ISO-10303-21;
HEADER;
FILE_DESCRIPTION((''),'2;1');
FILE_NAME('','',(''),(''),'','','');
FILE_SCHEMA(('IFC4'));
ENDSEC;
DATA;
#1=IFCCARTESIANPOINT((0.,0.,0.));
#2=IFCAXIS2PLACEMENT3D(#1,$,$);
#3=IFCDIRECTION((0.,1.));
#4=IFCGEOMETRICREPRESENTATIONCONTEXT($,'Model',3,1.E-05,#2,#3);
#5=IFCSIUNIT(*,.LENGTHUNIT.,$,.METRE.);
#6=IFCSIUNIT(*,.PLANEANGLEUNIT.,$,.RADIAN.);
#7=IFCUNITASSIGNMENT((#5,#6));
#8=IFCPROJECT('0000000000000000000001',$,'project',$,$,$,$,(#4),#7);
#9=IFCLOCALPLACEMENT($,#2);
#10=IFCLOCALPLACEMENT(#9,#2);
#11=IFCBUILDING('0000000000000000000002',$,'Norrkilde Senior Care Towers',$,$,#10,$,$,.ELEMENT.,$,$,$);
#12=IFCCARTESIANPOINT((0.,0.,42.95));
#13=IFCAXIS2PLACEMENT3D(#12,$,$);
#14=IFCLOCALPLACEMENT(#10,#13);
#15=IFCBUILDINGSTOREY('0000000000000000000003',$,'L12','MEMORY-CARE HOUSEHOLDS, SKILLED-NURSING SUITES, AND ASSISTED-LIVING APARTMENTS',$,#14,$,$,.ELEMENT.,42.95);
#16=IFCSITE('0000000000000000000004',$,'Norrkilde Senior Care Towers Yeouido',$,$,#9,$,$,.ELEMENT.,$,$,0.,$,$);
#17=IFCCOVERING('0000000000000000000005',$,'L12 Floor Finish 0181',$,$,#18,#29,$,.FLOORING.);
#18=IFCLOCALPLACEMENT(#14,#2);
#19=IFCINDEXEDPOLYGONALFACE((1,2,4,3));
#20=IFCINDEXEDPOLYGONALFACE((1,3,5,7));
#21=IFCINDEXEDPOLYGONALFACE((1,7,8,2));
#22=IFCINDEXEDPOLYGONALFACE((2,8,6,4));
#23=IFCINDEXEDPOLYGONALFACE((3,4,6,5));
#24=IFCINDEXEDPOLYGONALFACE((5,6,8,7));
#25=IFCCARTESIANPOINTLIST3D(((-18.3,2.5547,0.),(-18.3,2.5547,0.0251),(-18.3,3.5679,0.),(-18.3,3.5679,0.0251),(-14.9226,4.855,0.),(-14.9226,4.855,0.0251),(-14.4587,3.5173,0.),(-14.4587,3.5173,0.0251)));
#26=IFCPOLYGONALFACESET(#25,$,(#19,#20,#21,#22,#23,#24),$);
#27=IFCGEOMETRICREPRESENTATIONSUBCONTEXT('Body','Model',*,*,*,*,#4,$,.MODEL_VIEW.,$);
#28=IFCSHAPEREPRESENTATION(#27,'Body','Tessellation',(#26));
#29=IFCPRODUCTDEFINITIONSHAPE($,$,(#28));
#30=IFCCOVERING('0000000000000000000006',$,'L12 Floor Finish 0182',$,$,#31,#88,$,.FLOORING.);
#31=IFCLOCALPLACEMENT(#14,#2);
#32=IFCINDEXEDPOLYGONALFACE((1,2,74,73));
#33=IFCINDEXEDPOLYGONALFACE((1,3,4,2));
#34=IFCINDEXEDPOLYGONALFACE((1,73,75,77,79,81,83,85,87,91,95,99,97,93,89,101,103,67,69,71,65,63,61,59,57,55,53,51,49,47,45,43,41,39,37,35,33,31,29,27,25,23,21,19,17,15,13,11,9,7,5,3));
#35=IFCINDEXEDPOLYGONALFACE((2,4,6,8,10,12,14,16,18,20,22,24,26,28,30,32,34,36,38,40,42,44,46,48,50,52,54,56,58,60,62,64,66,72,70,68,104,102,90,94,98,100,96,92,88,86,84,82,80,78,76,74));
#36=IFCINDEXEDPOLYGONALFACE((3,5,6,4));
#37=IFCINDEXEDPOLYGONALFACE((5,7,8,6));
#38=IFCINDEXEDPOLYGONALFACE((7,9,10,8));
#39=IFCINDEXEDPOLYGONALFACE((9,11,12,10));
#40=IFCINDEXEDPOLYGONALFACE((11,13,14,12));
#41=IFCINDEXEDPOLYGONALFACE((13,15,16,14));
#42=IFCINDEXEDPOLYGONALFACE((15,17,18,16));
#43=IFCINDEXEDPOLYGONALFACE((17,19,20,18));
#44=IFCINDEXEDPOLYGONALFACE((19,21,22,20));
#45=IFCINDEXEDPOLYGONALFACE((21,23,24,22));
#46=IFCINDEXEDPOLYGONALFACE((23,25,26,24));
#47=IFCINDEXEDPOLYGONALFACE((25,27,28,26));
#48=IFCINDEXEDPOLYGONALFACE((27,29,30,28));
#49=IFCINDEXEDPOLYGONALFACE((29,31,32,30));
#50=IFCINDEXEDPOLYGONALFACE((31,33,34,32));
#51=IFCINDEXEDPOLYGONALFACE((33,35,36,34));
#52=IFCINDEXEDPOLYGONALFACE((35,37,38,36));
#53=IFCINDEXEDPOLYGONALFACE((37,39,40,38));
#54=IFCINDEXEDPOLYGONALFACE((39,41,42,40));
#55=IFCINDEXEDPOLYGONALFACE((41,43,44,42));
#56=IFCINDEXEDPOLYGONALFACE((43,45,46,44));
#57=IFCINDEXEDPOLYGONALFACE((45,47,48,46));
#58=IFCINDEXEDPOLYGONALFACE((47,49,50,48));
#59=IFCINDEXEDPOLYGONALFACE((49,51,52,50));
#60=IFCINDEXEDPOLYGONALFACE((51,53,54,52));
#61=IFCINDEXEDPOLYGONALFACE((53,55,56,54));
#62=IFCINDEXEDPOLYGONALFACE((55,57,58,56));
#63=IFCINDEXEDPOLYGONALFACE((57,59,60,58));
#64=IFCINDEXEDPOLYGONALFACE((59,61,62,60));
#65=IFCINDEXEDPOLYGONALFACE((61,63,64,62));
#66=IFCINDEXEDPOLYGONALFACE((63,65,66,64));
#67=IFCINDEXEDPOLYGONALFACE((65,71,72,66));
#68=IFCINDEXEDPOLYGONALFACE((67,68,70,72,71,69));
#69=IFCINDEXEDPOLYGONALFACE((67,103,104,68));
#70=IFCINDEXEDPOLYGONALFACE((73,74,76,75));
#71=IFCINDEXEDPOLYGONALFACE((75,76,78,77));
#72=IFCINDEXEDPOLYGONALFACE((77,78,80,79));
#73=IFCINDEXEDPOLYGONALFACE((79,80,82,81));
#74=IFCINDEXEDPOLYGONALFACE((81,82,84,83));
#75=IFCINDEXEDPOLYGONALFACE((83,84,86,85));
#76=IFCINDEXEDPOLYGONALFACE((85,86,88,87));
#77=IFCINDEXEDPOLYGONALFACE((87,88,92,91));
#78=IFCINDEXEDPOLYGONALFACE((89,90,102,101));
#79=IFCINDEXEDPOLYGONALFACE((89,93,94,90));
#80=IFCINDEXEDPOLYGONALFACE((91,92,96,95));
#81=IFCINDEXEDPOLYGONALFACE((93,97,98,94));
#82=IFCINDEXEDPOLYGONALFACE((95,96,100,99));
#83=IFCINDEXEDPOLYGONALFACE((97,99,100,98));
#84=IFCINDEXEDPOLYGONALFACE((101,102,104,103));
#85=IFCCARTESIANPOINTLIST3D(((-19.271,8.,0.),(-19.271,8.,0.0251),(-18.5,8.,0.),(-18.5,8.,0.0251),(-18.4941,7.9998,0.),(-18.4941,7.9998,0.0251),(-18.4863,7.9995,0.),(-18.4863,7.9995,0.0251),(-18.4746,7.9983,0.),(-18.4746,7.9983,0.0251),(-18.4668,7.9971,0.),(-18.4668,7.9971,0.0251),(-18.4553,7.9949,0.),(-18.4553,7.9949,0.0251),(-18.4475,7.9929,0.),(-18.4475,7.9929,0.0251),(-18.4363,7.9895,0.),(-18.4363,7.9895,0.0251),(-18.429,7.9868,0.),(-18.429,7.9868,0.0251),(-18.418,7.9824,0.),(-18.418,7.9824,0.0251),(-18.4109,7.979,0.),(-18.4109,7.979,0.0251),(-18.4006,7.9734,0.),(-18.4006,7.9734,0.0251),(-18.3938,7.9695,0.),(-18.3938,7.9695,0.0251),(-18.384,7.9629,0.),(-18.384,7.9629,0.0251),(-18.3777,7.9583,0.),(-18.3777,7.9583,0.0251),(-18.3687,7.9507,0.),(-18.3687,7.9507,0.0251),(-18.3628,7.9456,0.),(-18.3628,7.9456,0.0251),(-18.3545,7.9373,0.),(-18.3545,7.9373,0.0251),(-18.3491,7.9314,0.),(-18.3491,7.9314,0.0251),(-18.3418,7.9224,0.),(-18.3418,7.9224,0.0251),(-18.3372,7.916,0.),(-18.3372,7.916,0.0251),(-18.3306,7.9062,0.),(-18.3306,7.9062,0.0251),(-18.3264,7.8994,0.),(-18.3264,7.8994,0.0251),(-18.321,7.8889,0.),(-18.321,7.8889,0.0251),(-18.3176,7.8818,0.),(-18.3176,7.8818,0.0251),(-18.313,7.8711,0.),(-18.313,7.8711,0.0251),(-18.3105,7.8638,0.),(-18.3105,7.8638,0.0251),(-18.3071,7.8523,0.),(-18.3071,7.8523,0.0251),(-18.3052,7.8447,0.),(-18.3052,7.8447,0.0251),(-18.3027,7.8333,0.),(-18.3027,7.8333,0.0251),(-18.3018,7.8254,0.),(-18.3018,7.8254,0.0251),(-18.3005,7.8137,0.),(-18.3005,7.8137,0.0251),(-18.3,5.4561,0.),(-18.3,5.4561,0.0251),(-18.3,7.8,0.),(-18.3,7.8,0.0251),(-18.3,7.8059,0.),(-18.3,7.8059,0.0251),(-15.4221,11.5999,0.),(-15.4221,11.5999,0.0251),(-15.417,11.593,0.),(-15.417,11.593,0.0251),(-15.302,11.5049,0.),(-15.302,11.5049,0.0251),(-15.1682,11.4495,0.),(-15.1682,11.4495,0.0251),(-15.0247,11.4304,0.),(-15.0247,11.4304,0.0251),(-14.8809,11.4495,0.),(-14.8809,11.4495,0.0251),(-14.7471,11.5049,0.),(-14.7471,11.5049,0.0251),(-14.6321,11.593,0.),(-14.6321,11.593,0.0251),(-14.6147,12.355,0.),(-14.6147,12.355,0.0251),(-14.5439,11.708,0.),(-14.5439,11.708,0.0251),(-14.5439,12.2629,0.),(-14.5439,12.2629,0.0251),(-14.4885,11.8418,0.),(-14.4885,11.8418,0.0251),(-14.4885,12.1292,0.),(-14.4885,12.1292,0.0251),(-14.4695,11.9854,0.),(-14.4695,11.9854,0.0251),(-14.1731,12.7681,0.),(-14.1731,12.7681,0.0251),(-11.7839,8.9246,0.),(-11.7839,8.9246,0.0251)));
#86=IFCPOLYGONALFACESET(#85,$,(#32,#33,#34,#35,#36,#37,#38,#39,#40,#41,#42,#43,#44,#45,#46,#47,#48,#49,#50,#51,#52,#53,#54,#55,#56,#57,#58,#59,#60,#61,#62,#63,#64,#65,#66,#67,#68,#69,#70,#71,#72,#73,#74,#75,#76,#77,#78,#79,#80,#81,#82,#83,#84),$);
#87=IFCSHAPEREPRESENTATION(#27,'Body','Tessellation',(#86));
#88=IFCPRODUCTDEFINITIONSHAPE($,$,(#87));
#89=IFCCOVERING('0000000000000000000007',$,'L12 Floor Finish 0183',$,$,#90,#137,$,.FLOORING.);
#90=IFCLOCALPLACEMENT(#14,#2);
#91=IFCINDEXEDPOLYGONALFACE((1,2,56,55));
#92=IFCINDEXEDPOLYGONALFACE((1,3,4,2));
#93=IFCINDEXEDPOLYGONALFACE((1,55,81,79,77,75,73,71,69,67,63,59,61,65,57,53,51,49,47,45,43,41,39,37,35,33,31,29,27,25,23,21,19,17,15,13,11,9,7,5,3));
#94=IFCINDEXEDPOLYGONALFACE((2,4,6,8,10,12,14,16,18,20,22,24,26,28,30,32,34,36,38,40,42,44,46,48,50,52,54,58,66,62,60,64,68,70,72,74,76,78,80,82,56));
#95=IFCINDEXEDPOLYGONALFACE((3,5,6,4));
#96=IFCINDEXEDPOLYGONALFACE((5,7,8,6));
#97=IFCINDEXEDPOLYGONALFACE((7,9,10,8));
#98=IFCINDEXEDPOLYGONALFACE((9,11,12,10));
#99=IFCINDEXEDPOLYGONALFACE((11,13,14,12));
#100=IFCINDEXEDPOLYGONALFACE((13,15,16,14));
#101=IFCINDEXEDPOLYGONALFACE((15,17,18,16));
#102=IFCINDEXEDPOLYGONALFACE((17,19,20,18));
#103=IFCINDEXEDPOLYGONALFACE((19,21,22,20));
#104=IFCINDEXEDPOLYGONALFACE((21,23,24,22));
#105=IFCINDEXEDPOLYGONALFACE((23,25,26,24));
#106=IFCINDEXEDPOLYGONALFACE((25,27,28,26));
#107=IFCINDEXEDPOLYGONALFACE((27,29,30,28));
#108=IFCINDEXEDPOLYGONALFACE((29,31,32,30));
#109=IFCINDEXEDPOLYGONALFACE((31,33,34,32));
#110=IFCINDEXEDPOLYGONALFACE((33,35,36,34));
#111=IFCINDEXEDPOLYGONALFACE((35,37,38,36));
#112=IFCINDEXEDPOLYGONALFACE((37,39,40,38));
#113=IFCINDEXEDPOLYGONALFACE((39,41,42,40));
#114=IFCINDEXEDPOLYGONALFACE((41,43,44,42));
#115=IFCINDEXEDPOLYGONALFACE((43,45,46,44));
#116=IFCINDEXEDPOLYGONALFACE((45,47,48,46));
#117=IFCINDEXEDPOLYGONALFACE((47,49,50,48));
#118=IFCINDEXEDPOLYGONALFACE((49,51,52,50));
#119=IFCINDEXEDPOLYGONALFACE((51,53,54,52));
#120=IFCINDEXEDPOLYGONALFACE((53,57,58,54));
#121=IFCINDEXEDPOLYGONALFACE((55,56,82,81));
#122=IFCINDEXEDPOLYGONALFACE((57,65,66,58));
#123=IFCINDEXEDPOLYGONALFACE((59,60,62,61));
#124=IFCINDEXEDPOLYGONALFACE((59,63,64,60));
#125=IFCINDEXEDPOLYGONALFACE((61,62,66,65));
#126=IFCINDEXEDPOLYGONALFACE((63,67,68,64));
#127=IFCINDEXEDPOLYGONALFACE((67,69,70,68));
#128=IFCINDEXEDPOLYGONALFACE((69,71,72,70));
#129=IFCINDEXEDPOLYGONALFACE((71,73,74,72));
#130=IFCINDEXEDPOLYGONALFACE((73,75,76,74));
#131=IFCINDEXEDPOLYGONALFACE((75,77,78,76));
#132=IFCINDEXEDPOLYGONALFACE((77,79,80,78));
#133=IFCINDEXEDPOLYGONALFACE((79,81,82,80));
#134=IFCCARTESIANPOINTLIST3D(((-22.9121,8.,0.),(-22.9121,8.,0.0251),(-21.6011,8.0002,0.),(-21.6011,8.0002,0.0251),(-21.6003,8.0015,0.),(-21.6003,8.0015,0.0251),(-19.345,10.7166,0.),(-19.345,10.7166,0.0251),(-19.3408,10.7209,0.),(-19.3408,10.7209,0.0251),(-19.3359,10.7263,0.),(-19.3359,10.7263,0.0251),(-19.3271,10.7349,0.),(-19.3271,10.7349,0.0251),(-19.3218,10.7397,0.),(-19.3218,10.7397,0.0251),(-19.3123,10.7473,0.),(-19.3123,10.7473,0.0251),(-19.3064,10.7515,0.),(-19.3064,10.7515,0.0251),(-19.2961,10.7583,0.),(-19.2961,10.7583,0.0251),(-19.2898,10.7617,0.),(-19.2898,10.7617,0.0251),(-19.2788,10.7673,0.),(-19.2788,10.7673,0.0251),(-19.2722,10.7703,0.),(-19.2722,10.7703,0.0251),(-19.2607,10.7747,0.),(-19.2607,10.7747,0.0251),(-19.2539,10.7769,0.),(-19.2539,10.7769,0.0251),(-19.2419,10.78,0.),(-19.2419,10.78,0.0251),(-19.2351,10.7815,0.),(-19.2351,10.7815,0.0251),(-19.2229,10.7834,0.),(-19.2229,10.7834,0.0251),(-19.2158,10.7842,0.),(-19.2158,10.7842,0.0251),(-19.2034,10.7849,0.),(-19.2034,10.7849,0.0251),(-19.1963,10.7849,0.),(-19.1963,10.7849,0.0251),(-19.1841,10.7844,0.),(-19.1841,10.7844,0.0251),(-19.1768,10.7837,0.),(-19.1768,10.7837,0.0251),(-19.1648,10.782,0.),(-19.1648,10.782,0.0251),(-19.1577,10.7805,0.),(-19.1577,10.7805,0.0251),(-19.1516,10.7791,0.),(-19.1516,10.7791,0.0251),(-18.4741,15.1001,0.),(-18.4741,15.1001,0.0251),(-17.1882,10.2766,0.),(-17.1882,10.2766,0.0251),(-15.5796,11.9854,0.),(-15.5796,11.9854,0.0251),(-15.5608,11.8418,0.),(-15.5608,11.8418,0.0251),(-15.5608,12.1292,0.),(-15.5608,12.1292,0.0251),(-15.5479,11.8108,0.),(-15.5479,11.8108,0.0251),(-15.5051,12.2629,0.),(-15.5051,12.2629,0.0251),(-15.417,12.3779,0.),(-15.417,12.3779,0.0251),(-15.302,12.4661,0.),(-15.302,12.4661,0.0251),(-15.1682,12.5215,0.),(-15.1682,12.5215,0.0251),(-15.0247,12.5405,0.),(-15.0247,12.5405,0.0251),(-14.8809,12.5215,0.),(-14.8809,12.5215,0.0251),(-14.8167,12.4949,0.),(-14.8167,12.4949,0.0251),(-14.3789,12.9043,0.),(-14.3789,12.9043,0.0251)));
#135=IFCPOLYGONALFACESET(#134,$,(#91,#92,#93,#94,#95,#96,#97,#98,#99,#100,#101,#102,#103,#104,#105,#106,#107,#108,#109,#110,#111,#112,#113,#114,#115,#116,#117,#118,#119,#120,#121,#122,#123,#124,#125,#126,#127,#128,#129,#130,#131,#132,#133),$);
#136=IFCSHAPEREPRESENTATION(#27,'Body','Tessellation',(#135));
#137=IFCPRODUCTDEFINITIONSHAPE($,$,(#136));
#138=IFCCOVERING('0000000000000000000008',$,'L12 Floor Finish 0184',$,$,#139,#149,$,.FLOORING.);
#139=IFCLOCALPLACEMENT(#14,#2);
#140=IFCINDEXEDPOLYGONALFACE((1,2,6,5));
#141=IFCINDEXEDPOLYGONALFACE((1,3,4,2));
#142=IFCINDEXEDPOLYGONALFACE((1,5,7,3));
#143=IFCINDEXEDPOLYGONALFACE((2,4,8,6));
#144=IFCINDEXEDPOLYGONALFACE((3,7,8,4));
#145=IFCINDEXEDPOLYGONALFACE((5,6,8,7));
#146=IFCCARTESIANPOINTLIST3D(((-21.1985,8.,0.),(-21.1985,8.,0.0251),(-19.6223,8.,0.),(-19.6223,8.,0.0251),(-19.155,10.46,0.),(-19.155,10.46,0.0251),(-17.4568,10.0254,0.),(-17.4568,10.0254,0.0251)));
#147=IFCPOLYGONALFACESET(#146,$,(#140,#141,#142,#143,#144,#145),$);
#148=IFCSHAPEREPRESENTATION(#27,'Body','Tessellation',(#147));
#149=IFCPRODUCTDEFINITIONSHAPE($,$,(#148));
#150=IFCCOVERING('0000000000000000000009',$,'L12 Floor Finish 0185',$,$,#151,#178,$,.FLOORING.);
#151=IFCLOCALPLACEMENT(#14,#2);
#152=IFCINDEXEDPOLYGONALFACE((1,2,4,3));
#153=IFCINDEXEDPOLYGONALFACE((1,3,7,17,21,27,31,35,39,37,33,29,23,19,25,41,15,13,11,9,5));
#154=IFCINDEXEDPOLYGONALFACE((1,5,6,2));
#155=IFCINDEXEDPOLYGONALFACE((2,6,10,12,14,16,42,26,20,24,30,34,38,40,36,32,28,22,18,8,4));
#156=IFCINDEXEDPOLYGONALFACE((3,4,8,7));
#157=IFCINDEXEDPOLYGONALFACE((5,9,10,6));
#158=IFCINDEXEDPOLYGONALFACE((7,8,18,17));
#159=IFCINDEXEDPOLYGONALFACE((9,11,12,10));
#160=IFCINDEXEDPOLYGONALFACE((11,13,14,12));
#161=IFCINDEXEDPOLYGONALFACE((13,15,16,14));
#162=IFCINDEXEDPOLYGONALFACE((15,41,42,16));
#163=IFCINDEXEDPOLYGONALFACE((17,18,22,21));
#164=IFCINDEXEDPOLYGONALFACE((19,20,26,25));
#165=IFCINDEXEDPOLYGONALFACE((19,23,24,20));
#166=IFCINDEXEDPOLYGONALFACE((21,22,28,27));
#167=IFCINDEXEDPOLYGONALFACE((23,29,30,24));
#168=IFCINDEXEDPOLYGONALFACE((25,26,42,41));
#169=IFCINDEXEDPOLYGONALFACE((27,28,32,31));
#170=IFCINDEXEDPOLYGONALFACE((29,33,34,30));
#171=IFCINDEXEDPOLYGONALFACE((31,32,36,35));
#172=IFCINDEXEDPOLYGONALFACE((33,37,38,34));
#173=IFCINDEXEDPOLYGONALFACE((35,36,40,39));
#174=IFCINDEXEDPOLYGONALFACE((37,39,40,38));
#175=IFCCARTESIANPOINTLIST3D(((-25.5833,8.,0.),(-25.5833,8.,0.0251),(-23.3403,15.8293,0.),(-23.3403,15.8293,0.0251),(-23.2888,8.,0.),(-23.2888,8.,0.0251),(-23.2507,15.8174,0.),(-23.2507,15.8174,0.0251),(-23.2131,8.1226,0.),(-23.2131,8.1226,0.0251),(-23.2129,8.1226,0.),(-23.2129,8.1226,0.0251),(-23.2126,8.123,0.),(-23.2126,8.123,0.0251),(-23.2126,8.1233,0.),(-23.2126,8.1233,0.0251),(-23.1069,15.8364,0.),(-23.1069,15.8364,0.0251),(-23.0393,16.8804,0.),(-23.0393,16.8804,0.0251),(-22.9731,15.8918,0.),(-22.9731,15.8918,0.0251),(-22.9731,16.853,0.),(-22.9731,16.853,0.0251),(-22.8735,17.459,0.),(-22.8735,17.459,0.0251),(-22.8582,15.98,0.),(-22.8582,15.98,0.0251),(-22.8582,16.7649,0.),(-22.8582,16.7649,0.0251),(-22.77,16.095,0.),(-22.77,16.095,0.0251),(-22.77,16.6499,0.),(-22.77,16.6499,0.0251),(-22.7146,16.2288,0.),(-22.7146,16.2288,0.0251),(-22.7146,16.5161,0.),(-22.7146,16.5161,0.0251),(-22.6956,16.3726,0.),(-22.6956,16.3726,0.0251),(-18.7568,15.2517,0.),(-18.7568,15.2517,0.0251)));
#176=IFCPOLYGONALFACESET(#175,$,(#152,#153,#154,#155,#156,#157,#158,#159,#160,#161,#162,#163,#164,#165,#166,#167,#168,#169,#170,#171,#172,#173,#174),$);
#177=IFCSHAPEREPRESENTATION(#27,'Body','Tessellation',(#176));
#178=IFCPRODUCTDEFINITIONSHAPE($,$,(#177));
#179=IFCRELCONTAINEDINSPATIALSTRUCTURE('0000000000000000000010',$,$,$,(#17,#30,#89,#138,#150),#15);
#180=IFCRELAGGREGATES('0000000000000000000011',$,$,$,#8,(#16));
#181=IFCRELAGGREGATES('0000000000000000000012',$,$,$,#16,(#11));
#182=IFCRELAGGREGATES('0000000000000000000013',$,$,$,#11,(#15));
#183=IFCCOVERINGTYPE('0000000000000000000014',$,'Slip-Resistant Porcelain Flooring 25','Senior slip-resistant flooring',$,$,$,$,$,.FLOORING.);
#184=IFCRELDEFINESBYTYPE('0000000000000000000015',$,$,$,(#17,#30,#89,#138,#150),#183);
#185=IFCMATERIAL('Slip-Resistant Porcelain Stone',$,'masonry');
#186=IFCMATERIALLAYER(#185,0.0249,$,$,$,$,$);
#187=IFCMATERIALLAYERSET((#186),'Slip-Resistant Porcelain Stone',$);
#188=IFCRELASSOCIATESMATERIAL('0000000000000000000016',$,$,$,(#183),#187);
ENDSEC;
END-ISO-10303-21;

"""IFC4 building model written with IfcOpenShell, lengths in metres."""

from ifc_helpers import new_model, si_unit, direction, frame, origin, place, context, subcontext, project, spatial, polyline, outline, extrude, material, layer, layer_set, type_object, element, save


model = new_model("IFC4")

# Units and contexts
model_context = context("Model", 3, precision=1e-05, world=origin(), true_north=direction((0.0, 1.0)))
body_context = subcontext(model_context, "Body", "Model", "MODEL_VIEW")
ifc_project = project(units=[si_unit("LENGTHUNIT", "METRE"), si_unit("PLANEANGLEUNIT", "RADIAN")], contexts=[model_context])

# Site, building, storey
site_placement = place(None, origin())
site = spatial("IfcSite", under=ifc_project, at=site_placement, Name="Norrkilde Senior Care Towers Yeouido", CompositionType="ELEMENT", RefElevation=0.0)
building_placement = place(site_placement, origin())
building = spatial("IfcBuilding", under=site, at=building_placement, Name="Norrkilde Senior Care Towers", CompositionType="ELEMENT")
storey_placement = place(building_placement, frame((0.0, 0.0, 42.95)))
storey = spatial("IfcBuildingStorey", under=building, at=storey_placement, Name="L12", Description="MEMORY-CARE HOUSEHOLDS, SKILLED-NURSING SUITES, AND ASSISTED-LIVING APARTMENTS", CompositionType="ELEMENT", Elevation=42.95)

# Coverings
ifc_material_1 = material(Name="Slip-Resistant Porcelain Stone", Category="masonry")
ifc_layer_1 = layer(ifc_material_1, 0.0249)
ifc_layer_set_1 = layer_set([ifc_layer_1], Name="Slip-Resistant Porcelain Stone")
covering_type_1 = type_object("IfcCoveringType", Name="Slip-Resistant Porcelain Flooring 25", Description="Senior slip-resistant flooring", PredefinedType="FLOORING", material=ifc_layer_set_1)
covering_1_placement = place(storey_placement, origin())
element("IfcCovering", 1, at=covering_1_placement, inside=storey, type_object=covering_type_1, Name="L12 Floor Finish 0181", PredefinedType="FLOORING", context=body_context, shape_type="SweptSolid", body=[
    extrude(outline(polyline([(-14.4587, 3.5173), (-18.3, 2.5547), (-18.3, 3.5679), (-14.9226, 4.855), (-14.4587, 3.5173)])), origin(), (0.0, 0.0, 1.0), 0.0251),
])
covering_2_placement = place(storey_placement, origin())
element("IfcCovering", 2, at=covering_2_placement, inside=storey, type_object=covering_type_1, Name="L12 Floor Finish 0182", PredefinedType="FLOORING", context=body_context, shape_type="SweptSolid", body=[
    extrude(outline(polyline([(-18.3052, 7.8447), (-18.3071, 7.8523), (-18.3105, 7.8638), (-18.313, 7.8711), (-18.3176, 7.8818), (-18.321, 7.8889), (-18.3264, 7.8994), (-18.3306, 7.9062), (-18.3372, 7.916), (-18.3418, 7.9224), (-18.3491, 7.9314), (-18.3545, 7.9373), (-18.3628, 7.9456), (-18.3687, 7.9507), (-18.3777, 7.9583), (-18.384, 7.9629), (-18.3938, 7.9695), (-18.4006, 7.9734), (-18.4109, 7.979), (-18.418, 7.9824), (-18.429, 7.9868), (-18.4363, 7.9895), (-18.4475, 7.9929), (-18.4553, 7.9949), (-18.4668, 7.9971), (-18.4746, 7.9983), (-18.4863, 7.9995), (-18.4941, 7.9998), (-18.5, 8.0), (-19.271, 8.0), (-15.4221, 11.5999), (-15.417, 11.593), (-15.302, 11.5049), (-15.1682, 11.4495), (-15.0247, 11.4304), (-14.8809, 11.4495), (-14.7471, 11.5049), (-14.6321, 11.593), (-14.5439, 11.708), (-14.4885, 11.8418), (-14.4695, 11.9854), (-14.4885, 12.1292), (-14.5439, 12.2629), (-14.6147, 12.355), (-14.1731, 12.7681), (-11.7839, 8.9246), (-18.3, 5.4561), (-18.3, 7.8), (-18.3, 7.8059), (-18.3005, 7.8137), (-18.3018, 7.8254), (-18.3027, 7.8333), (-18.3052, 7.8447)])), origin(), (0.0, 0.0, 1.0), 0.0251),
])
covering_3_placement = place(storey_placement, origin())
element("IfcCovering", 3, at=covering_3_placement, inside=storey, type_object=covering_type_1, Name="L12 Floor Finish 0183", PredefinedType="FLOORING", context=body_context, shape_type="SweptSolid", body=[
    extrude(outline(polyline([(-19.1648, 10.782), (-19.1768, 10.7837), (-19.1841, 10.7844), (-19.1963, 10.7849), (-19.2034, 10.7849), (-19.2158, 10.7842), (-19.2229, 10.7834), (-19.2351, 10.7815), (-19.2419, 10.78), (-19.2539, 10.7769), (-19.2607, 10.7747), (-19.2722, 10.7703), (-19.2788, 10.7673), (-19.2898, 10.7617), (-19.2961, 10.7583), (-19.3064, 10.7515), (-19.3123, 10.7473), (-19.3218, 10.7397), (-19.3271, 10.7349), (-19.3359, 10.7263), (-19.3408, 10.7209), (-19.345, 10.7166), (-21.6003, 8.0015), (-21.6011, 8.0002), (-22.9121, 8.0), (-18.4741, 15.1001), (-14.3789, 12.9043), (-14.8167, 12.4949), (-14.8809, 12.5215), (-15.0247, 12.5405), (-15.1682, 12.5215), (-15.302, 12.4661), (-15.417, 12.3779), (-15.5051, 12.2629), (-15.5608, 12.1292), (-15.5796, 11.9854), (-15.5608, 11.8418), (-15.5479, 11.8108), (-17.1882, 10.2766), (-19.1516, 10.7791), (-19.1577, 10.7805), (-19.1648, 10.782)])), origin(), (0.0, 0.0, 1.0), 0.0251),
])
covering_4_placement = place(storey_placement, origin())
element("IfcCovering", 4, at=covering_4_placement, inside=storey, type_object=covering_type_1, Name="L12 Floor Finish 0184", PredefinedType="FLOORING", context=body_context, shape_type="SweptSolid", body=[
    extrude(outline(polyline([(-17.4568, 10.0254), (-19.6223, 8.0), (-21.1985, 8.0), (-19.155, 10.46), (-17.4568, 10.0254)])), origin(), (0.0, 0.0, 1.0), 0.0251),
])
covering_5_placement = place(storey_placement, origin())
element("IfcCovering", 5, at=covering_5_placement, inside=storey, type_object=covering_type_1, Name="L12 Floor Finish 0185", PredefinedType="FLOORING", context=body_context, shape_type="SweptSolid", body=[
    extrude(outline(polyline([(-23.2131, 8.1226), (-23.2888, 8.0), (-25.5833, 8.0), (-23.3403, 15.8293), (-23.2507, 15.8174), (-23.1069, 15.8364), (-22.9731, 15.8918), (-22.8582, 15.98), (-22.77, 16.095), (-22.7146, 16.2288), (-22.6956, 16.3726), (-22.7146, 16.5161), (-22.77, 16.6499), (-22.8582, 16.7649), (-22.9731, 16.853), (-23.0393, 16.8804), (-22.8735, 17.459), (-18.7568, 15.2517), (-23.2126, 8.1233), (-23.2126, 8.123), (-23.2129, 8.1226), (-23.2131, 8.1226)])), origin(), (0.0, 0.0, 1.0), 0.0251),
])

save(model, "model.ifc")
